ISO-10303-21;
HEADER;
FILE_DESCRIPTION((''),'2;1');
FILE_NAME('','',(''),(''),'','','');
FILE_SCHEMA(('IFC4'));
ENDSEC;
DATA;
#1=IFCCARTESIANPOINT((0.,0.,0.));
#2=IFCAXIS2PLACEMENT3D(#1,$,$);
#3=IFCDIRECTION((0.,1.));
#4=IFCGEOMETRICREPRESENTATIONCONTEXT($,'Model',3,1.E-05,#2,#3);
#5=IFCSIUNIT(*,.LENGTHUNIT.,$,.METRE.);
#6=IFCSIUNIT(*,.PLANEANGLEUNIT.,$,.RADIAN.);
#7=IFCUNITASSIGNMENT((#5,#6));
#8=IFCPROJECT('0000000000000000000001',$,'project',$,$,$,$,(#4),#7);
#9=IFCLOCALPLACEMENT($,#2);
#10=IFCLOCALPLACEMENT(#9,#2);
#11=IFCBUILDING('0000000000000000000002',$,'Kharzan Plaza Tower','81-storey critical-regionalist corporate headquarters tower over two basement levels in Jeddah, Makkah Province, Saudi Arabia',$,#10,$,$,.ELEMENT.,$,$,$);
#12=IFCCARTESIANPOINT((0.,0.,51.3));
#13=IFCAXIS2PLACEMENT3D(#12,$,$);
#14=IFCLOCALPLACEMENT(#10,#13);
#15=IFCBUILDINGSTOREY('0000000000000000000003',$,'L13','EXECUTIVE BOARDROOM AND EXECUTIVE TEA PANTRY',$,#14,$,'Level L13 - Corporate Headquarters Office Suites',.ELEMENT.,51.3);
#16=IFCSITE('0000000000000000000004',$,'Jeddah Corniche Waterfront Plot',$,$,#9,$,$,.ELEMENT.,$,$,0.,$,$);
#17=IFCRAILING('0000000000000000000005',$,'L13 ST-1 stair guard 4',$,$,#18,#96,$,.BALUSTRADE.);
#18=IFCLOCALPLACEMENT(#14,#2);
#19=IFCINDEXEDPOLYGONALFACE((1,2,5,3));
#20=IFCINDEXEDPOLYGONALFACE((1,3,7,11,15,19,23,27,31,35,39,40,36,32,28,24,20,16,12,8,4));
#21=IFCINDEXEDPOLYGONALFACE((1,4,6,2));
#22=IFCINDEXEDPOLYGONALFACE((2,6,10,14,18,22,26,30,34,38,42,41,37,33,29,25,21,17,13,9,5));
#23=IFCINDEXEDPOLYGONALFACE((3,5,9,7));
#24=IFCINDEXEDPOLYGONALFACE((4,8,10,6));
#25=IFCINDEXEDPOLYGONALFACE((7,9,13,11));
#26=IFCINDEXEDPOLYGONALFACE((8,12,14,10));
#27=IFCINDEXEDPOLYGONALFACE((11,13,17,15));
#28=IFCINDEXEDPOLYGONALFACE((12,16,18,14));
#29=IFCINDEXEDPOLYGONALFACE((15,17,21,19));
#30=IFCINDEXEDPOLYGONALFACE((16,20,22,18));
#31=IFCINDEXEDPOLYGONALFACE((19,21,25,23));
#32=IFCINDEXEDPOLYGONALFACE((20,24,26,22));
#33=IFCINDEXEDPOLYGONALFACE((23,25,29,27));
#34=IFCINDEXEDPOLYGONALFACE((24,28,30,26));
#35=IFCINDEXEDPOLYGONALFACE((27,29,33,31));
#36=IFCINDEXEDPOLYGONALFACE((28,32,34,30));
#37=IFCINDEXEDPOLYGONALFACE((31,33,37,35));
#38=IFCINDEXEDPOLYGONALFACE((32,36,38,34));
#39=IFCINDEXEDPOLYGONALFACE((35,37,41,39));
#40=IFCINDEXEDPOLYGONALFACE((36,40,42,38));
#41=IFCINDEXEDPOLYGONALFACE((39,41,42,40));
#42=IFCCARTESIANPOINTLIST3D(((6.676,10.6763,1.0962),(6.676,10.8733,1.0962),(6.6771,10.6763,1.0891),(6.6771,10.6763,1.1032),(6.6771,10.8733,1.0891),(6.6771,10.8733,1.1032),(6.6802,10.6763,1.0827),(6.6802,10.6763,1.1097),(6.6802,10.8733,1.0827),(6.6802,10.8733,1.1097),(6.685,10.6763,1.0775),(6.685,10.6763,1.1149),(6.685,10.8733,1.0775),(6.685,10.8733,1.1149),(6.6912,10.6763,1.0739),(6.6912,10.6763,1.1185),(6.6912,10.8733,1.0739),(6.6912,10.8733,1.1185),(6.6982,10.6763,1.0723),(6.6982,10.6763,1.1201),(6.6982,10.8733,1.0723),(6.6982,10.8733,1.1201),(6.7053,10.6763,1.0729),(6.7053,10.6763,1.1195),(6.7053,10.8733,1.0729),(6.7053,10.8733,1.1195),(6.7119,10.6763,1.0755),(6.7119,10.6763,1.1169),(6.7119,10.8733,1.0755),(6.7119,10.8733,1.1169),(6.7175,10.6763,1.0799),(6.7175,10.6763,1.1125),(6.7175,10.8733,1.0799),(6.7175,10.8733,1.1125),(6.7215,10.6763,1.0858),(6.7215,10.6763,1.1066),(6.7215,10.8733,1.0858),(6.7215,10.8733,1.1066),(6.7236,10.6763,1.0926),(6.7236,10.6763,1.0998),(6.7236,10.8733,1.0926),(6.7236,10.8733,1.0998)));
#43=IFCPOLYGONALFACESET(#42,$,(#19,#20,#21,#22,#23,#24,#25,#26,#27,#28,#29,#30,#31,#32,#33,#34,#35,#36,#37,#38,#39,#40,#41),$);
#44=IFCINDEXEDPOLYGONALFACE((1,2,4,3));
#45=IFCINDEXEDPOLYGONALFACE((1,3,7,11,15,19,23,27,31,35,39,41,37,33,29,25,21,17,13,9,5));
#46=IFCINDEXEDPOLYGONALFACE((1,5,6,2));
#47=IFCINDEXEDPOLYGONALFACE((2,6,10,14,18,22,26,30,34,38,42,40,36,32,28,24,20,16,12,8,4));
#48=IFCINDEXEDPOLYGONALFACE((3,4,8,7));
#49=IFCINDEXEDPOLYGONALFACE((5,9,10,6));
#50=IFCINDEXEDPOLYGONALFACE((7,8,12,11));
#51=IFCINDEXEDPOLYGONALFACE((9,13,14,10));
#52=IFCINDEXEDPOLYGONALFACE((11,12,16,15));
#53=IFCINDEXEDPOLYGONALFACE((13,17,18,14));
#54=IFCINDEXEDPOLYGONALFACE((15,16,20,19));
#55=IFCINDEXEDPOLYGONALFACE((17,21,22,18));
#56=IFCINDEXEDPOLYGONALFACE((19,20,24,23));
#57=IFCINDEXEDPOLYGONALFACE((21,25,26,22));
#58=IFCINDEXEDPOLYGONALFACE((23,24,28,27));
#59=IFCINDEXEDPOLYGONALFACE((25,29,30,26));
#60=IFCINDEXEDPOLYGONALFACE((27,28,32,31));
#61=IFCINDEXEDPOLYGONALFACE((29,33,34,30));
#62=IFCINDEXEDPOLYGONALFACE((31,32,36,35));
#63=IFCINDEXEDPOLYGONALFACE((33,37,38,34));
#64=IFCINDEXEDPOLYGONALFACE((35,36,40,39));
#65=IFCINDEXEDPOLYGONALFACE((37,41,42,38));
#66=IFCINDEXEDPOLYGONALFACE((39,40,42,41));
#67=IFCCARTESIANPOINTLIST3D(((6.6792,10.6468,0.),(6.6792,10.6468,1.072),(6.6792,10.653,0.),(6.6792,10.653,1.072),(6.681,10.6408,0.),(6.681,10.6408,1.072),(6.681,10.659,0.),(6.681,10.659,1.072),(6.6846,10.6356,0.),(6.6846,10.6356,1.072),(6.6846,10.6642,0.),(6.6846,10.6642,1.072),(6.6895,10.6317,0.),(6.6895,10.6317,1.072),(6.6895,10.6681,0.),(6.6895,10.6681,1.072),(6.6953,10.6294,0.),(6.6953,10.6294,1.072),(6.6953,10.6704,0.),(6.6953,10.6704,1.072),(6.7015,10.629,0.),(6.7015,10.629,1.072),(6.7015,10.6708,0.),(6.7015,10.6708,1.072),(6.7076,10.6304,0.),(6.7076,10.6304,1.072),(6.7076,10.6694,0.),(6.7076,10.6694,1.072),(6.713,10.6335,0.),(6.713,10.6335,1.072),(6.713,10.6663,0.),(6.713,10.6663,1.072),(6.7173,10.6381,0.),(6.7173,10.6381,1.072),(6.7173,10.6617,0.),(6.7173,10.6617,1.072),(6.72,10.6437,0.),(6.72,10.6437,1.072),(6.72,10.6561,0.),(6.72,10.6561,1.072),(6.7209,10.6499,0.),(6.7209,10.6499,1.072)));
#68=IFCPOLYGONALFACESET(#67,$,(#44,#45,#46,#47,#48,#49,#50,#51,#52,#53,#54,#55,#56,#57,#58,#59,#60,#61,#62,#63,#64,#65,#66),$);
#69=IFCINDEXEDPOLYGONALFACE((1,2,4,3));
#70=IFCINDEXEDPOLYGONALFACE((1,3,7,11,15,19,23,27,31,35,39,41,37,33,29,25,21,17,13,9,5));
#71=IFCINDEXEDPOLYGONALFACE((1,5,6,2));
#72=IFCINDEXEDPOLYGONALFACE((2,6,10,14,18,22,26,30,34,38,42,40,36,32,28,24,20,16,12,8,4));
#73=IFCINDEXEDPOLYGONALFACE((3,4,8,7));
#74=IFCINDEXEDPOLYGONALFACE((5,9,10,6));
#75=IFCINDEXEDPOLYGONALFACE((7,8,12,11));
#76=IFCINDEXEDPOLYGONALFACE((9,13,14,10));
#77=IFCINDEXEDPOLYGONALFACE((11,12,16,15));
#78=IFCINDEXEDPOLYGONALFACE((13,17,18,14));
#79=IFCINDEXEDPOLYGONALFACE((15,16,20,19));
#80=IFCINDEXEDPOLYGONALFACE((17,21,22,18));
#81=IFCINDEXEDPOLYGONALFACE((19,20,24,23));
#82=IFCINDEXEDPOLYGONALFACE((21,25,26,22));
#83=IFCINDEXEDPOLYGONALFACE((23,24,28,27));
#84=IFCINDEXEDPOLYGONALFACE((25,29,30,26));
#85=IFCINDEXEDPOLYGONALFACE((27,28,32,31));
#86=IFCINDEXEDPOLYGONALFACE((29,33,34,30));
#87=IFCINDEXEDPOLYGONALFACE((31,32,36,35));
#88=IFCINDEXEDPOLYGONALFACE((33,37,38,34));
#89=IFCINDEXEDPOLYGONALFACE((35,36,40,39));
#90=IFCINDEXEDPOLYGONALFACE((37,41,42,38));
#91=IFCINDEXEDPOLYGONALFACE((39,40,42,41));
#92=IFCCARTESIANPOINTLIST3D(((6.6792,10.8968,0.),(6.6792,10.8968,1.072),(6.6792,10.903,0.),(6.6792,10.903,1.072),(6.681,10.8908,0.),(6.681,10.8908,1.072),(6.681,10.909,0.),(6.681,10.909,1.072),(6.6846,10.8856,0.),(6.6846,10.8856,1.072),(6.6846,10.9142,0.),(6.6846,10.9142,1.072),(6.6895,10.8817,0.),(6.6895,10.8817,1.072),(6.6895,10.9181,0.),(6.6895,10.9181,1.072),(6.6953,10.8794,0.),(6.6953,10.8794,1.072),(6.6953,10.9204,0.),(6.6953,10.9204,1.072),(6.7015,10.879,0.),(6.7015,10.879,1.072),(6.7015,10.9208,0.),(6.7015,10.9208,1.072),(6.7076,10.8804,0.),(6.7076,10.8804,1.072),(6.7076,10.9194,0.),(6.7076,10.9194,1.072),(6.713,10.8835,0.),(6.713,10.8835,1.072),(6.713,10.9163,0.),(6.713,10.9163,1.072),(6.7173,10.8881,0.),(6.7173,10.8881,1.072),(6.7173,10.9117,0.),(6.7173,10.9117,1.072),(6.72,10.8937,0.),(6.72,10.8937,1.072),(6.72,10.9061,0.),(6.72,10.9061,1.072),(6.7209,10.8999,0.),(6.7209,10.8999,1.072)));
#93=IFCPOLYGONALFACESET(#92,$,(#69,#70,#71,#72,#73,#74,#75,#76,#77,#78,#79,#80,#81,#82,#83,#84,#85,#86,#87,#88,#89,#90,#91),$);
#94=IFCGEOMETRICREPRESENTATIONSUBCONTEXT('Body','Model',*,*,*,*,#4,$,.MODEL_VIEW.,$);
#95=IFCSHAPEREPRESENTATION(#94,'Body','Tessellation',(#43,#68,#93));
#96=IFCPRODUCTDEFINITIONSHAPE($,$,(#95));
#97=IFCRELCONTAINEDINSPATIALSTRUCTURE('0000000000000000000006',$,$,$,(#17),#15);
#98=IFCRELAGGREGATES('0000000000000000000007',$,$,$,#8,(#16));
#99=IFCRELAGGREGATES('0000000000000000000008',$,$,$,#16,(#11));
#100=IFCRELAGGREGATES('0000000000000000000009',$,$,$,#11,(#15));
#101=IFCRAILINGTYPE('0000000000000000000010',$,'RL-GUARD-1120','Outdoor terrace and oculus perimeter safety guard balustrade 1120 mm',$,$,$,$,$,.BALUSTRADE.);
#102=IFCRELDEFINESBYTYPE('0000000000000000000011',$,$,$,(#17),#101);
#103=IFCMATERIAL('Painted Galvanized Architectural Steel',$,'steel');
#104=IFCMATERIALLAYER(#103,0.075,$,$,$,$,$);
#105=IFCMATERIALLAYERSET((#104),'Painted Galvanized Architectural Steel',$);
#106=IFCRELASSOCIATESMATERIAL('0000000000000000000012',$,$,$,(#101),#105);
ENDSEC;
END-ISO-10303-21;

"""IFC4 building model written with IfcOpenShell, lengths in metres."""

from ifc_helpers import new_model, si_unit, direction, frame, origin, origin_2d, place, context, subcontext, project, spatial, circle, extrude, source, transform, mapped, material, layer, layer_set, type_object, element, save


model = new_model("IFC4")

# Units and contexts
model_context = context("Model", 3, precision=1e-05, world=origin(), true_north=direction((0.0, 1.0)))
body_context = subcontext(model_context, "Body", "Model", "MODEL_VIEW")
ifc_project = project(units=[si_unit("LENGTHUNIT", "METRE"), si_unit("PLANEANGLEUNIT", "RADIAN")], contexts=[model_context])

# Site, building, storey
site_placement = place(None, origin())
site = spatial("IfcSite", under=ifc_project, at=site_placement, Name="Jeddah Corniche Waterfront Plot", CompositionType="ELEMENT", RefElevation=0.0)
building_placement = place(site_placement, origin())
building = spatial("IfcBuilding", under=site, at=building_placement, Name="Kharzan Plaza Tower", Description="81-storey critical-regionalist corporate headquarters tower over two basement levels in Jeddah, Makkah Province, Saudi Arabia", CompositionType="ELEMENT")
storey_placement = place(building_placement, frame((0.0, 0.0, 51.3)))
storey = spatial("IfcBuildingStorey", under=building, at=storey_placement, Name="L13", Description="EXECUTIVE BOARDROOM AND EXECUTIVE TEA PANTRY", LongName="Level L13 - Corporate Headquarters Office Suites", CompositionType="ELEMENT", Elevation=51.3)

# Railing
ifc_material_1 = material(Name="Painted Galvanized Architectural Steel", Category="steel")
ifc_layer_1 = layer(ifc_material_1, 0.075)
ifc_layer_set_1 = layer_set([ifc_layer_1], Name="Painted Galvanized Architectural Steel")
railing_type_1 = type_object("IfcRailingType", Name="RL-GUARD-1120", Description="Outdoor terrace and oculus perimeter safety guard balustrade 1120 mm", PredefinedType="BALUSTRADE", material=ifc_layer_set_1)
shared_shape_1 = source(origin(), body_context, "Body", "SweptSolid", [
    extrude(circle(Radius=0.0239, at=origin_2d()), frame((0.0, 0.0264, 1.0962), z_axis=(0.0, 1.0, 0.0), x_axis=(-1.0, 0.0, 0.0)), (0.0, 0.0, 1.0), 0.197),
    extrude(circle(Radius=0.021, at=origin_2d()), origin(), (0.0, 0.0, 1.0), 1.072),
    extrude(circle(Radius=0.021, at=origin_2d()), frame((0.0, 0.25, 0.0)), (0.0, 0.0, 1.0), 1.072),
])
for number, where, name in (
    (1, (6.7, 10.6499, 0.0), "L13 ST-1 stair guard 4"),
):
    element("IfcRailing", number, at=place(storey_placement, frame(where)), inside=storey, type_object=railing_type_1, Name=name, PredefinedType="BALUSTRADE", context=body_context, shape_type="MappedRepresentation", body=[
        mapped(shared_shape_1, transform((0.0, 0.0, 0.0), x_axis=(1.0, 0.0, 0.0), y_axis=(0.0, 1.0, 0.0), z_axis=(0.0, 0.0, 1.0))),
    ])

save(model, "model.ifc")
